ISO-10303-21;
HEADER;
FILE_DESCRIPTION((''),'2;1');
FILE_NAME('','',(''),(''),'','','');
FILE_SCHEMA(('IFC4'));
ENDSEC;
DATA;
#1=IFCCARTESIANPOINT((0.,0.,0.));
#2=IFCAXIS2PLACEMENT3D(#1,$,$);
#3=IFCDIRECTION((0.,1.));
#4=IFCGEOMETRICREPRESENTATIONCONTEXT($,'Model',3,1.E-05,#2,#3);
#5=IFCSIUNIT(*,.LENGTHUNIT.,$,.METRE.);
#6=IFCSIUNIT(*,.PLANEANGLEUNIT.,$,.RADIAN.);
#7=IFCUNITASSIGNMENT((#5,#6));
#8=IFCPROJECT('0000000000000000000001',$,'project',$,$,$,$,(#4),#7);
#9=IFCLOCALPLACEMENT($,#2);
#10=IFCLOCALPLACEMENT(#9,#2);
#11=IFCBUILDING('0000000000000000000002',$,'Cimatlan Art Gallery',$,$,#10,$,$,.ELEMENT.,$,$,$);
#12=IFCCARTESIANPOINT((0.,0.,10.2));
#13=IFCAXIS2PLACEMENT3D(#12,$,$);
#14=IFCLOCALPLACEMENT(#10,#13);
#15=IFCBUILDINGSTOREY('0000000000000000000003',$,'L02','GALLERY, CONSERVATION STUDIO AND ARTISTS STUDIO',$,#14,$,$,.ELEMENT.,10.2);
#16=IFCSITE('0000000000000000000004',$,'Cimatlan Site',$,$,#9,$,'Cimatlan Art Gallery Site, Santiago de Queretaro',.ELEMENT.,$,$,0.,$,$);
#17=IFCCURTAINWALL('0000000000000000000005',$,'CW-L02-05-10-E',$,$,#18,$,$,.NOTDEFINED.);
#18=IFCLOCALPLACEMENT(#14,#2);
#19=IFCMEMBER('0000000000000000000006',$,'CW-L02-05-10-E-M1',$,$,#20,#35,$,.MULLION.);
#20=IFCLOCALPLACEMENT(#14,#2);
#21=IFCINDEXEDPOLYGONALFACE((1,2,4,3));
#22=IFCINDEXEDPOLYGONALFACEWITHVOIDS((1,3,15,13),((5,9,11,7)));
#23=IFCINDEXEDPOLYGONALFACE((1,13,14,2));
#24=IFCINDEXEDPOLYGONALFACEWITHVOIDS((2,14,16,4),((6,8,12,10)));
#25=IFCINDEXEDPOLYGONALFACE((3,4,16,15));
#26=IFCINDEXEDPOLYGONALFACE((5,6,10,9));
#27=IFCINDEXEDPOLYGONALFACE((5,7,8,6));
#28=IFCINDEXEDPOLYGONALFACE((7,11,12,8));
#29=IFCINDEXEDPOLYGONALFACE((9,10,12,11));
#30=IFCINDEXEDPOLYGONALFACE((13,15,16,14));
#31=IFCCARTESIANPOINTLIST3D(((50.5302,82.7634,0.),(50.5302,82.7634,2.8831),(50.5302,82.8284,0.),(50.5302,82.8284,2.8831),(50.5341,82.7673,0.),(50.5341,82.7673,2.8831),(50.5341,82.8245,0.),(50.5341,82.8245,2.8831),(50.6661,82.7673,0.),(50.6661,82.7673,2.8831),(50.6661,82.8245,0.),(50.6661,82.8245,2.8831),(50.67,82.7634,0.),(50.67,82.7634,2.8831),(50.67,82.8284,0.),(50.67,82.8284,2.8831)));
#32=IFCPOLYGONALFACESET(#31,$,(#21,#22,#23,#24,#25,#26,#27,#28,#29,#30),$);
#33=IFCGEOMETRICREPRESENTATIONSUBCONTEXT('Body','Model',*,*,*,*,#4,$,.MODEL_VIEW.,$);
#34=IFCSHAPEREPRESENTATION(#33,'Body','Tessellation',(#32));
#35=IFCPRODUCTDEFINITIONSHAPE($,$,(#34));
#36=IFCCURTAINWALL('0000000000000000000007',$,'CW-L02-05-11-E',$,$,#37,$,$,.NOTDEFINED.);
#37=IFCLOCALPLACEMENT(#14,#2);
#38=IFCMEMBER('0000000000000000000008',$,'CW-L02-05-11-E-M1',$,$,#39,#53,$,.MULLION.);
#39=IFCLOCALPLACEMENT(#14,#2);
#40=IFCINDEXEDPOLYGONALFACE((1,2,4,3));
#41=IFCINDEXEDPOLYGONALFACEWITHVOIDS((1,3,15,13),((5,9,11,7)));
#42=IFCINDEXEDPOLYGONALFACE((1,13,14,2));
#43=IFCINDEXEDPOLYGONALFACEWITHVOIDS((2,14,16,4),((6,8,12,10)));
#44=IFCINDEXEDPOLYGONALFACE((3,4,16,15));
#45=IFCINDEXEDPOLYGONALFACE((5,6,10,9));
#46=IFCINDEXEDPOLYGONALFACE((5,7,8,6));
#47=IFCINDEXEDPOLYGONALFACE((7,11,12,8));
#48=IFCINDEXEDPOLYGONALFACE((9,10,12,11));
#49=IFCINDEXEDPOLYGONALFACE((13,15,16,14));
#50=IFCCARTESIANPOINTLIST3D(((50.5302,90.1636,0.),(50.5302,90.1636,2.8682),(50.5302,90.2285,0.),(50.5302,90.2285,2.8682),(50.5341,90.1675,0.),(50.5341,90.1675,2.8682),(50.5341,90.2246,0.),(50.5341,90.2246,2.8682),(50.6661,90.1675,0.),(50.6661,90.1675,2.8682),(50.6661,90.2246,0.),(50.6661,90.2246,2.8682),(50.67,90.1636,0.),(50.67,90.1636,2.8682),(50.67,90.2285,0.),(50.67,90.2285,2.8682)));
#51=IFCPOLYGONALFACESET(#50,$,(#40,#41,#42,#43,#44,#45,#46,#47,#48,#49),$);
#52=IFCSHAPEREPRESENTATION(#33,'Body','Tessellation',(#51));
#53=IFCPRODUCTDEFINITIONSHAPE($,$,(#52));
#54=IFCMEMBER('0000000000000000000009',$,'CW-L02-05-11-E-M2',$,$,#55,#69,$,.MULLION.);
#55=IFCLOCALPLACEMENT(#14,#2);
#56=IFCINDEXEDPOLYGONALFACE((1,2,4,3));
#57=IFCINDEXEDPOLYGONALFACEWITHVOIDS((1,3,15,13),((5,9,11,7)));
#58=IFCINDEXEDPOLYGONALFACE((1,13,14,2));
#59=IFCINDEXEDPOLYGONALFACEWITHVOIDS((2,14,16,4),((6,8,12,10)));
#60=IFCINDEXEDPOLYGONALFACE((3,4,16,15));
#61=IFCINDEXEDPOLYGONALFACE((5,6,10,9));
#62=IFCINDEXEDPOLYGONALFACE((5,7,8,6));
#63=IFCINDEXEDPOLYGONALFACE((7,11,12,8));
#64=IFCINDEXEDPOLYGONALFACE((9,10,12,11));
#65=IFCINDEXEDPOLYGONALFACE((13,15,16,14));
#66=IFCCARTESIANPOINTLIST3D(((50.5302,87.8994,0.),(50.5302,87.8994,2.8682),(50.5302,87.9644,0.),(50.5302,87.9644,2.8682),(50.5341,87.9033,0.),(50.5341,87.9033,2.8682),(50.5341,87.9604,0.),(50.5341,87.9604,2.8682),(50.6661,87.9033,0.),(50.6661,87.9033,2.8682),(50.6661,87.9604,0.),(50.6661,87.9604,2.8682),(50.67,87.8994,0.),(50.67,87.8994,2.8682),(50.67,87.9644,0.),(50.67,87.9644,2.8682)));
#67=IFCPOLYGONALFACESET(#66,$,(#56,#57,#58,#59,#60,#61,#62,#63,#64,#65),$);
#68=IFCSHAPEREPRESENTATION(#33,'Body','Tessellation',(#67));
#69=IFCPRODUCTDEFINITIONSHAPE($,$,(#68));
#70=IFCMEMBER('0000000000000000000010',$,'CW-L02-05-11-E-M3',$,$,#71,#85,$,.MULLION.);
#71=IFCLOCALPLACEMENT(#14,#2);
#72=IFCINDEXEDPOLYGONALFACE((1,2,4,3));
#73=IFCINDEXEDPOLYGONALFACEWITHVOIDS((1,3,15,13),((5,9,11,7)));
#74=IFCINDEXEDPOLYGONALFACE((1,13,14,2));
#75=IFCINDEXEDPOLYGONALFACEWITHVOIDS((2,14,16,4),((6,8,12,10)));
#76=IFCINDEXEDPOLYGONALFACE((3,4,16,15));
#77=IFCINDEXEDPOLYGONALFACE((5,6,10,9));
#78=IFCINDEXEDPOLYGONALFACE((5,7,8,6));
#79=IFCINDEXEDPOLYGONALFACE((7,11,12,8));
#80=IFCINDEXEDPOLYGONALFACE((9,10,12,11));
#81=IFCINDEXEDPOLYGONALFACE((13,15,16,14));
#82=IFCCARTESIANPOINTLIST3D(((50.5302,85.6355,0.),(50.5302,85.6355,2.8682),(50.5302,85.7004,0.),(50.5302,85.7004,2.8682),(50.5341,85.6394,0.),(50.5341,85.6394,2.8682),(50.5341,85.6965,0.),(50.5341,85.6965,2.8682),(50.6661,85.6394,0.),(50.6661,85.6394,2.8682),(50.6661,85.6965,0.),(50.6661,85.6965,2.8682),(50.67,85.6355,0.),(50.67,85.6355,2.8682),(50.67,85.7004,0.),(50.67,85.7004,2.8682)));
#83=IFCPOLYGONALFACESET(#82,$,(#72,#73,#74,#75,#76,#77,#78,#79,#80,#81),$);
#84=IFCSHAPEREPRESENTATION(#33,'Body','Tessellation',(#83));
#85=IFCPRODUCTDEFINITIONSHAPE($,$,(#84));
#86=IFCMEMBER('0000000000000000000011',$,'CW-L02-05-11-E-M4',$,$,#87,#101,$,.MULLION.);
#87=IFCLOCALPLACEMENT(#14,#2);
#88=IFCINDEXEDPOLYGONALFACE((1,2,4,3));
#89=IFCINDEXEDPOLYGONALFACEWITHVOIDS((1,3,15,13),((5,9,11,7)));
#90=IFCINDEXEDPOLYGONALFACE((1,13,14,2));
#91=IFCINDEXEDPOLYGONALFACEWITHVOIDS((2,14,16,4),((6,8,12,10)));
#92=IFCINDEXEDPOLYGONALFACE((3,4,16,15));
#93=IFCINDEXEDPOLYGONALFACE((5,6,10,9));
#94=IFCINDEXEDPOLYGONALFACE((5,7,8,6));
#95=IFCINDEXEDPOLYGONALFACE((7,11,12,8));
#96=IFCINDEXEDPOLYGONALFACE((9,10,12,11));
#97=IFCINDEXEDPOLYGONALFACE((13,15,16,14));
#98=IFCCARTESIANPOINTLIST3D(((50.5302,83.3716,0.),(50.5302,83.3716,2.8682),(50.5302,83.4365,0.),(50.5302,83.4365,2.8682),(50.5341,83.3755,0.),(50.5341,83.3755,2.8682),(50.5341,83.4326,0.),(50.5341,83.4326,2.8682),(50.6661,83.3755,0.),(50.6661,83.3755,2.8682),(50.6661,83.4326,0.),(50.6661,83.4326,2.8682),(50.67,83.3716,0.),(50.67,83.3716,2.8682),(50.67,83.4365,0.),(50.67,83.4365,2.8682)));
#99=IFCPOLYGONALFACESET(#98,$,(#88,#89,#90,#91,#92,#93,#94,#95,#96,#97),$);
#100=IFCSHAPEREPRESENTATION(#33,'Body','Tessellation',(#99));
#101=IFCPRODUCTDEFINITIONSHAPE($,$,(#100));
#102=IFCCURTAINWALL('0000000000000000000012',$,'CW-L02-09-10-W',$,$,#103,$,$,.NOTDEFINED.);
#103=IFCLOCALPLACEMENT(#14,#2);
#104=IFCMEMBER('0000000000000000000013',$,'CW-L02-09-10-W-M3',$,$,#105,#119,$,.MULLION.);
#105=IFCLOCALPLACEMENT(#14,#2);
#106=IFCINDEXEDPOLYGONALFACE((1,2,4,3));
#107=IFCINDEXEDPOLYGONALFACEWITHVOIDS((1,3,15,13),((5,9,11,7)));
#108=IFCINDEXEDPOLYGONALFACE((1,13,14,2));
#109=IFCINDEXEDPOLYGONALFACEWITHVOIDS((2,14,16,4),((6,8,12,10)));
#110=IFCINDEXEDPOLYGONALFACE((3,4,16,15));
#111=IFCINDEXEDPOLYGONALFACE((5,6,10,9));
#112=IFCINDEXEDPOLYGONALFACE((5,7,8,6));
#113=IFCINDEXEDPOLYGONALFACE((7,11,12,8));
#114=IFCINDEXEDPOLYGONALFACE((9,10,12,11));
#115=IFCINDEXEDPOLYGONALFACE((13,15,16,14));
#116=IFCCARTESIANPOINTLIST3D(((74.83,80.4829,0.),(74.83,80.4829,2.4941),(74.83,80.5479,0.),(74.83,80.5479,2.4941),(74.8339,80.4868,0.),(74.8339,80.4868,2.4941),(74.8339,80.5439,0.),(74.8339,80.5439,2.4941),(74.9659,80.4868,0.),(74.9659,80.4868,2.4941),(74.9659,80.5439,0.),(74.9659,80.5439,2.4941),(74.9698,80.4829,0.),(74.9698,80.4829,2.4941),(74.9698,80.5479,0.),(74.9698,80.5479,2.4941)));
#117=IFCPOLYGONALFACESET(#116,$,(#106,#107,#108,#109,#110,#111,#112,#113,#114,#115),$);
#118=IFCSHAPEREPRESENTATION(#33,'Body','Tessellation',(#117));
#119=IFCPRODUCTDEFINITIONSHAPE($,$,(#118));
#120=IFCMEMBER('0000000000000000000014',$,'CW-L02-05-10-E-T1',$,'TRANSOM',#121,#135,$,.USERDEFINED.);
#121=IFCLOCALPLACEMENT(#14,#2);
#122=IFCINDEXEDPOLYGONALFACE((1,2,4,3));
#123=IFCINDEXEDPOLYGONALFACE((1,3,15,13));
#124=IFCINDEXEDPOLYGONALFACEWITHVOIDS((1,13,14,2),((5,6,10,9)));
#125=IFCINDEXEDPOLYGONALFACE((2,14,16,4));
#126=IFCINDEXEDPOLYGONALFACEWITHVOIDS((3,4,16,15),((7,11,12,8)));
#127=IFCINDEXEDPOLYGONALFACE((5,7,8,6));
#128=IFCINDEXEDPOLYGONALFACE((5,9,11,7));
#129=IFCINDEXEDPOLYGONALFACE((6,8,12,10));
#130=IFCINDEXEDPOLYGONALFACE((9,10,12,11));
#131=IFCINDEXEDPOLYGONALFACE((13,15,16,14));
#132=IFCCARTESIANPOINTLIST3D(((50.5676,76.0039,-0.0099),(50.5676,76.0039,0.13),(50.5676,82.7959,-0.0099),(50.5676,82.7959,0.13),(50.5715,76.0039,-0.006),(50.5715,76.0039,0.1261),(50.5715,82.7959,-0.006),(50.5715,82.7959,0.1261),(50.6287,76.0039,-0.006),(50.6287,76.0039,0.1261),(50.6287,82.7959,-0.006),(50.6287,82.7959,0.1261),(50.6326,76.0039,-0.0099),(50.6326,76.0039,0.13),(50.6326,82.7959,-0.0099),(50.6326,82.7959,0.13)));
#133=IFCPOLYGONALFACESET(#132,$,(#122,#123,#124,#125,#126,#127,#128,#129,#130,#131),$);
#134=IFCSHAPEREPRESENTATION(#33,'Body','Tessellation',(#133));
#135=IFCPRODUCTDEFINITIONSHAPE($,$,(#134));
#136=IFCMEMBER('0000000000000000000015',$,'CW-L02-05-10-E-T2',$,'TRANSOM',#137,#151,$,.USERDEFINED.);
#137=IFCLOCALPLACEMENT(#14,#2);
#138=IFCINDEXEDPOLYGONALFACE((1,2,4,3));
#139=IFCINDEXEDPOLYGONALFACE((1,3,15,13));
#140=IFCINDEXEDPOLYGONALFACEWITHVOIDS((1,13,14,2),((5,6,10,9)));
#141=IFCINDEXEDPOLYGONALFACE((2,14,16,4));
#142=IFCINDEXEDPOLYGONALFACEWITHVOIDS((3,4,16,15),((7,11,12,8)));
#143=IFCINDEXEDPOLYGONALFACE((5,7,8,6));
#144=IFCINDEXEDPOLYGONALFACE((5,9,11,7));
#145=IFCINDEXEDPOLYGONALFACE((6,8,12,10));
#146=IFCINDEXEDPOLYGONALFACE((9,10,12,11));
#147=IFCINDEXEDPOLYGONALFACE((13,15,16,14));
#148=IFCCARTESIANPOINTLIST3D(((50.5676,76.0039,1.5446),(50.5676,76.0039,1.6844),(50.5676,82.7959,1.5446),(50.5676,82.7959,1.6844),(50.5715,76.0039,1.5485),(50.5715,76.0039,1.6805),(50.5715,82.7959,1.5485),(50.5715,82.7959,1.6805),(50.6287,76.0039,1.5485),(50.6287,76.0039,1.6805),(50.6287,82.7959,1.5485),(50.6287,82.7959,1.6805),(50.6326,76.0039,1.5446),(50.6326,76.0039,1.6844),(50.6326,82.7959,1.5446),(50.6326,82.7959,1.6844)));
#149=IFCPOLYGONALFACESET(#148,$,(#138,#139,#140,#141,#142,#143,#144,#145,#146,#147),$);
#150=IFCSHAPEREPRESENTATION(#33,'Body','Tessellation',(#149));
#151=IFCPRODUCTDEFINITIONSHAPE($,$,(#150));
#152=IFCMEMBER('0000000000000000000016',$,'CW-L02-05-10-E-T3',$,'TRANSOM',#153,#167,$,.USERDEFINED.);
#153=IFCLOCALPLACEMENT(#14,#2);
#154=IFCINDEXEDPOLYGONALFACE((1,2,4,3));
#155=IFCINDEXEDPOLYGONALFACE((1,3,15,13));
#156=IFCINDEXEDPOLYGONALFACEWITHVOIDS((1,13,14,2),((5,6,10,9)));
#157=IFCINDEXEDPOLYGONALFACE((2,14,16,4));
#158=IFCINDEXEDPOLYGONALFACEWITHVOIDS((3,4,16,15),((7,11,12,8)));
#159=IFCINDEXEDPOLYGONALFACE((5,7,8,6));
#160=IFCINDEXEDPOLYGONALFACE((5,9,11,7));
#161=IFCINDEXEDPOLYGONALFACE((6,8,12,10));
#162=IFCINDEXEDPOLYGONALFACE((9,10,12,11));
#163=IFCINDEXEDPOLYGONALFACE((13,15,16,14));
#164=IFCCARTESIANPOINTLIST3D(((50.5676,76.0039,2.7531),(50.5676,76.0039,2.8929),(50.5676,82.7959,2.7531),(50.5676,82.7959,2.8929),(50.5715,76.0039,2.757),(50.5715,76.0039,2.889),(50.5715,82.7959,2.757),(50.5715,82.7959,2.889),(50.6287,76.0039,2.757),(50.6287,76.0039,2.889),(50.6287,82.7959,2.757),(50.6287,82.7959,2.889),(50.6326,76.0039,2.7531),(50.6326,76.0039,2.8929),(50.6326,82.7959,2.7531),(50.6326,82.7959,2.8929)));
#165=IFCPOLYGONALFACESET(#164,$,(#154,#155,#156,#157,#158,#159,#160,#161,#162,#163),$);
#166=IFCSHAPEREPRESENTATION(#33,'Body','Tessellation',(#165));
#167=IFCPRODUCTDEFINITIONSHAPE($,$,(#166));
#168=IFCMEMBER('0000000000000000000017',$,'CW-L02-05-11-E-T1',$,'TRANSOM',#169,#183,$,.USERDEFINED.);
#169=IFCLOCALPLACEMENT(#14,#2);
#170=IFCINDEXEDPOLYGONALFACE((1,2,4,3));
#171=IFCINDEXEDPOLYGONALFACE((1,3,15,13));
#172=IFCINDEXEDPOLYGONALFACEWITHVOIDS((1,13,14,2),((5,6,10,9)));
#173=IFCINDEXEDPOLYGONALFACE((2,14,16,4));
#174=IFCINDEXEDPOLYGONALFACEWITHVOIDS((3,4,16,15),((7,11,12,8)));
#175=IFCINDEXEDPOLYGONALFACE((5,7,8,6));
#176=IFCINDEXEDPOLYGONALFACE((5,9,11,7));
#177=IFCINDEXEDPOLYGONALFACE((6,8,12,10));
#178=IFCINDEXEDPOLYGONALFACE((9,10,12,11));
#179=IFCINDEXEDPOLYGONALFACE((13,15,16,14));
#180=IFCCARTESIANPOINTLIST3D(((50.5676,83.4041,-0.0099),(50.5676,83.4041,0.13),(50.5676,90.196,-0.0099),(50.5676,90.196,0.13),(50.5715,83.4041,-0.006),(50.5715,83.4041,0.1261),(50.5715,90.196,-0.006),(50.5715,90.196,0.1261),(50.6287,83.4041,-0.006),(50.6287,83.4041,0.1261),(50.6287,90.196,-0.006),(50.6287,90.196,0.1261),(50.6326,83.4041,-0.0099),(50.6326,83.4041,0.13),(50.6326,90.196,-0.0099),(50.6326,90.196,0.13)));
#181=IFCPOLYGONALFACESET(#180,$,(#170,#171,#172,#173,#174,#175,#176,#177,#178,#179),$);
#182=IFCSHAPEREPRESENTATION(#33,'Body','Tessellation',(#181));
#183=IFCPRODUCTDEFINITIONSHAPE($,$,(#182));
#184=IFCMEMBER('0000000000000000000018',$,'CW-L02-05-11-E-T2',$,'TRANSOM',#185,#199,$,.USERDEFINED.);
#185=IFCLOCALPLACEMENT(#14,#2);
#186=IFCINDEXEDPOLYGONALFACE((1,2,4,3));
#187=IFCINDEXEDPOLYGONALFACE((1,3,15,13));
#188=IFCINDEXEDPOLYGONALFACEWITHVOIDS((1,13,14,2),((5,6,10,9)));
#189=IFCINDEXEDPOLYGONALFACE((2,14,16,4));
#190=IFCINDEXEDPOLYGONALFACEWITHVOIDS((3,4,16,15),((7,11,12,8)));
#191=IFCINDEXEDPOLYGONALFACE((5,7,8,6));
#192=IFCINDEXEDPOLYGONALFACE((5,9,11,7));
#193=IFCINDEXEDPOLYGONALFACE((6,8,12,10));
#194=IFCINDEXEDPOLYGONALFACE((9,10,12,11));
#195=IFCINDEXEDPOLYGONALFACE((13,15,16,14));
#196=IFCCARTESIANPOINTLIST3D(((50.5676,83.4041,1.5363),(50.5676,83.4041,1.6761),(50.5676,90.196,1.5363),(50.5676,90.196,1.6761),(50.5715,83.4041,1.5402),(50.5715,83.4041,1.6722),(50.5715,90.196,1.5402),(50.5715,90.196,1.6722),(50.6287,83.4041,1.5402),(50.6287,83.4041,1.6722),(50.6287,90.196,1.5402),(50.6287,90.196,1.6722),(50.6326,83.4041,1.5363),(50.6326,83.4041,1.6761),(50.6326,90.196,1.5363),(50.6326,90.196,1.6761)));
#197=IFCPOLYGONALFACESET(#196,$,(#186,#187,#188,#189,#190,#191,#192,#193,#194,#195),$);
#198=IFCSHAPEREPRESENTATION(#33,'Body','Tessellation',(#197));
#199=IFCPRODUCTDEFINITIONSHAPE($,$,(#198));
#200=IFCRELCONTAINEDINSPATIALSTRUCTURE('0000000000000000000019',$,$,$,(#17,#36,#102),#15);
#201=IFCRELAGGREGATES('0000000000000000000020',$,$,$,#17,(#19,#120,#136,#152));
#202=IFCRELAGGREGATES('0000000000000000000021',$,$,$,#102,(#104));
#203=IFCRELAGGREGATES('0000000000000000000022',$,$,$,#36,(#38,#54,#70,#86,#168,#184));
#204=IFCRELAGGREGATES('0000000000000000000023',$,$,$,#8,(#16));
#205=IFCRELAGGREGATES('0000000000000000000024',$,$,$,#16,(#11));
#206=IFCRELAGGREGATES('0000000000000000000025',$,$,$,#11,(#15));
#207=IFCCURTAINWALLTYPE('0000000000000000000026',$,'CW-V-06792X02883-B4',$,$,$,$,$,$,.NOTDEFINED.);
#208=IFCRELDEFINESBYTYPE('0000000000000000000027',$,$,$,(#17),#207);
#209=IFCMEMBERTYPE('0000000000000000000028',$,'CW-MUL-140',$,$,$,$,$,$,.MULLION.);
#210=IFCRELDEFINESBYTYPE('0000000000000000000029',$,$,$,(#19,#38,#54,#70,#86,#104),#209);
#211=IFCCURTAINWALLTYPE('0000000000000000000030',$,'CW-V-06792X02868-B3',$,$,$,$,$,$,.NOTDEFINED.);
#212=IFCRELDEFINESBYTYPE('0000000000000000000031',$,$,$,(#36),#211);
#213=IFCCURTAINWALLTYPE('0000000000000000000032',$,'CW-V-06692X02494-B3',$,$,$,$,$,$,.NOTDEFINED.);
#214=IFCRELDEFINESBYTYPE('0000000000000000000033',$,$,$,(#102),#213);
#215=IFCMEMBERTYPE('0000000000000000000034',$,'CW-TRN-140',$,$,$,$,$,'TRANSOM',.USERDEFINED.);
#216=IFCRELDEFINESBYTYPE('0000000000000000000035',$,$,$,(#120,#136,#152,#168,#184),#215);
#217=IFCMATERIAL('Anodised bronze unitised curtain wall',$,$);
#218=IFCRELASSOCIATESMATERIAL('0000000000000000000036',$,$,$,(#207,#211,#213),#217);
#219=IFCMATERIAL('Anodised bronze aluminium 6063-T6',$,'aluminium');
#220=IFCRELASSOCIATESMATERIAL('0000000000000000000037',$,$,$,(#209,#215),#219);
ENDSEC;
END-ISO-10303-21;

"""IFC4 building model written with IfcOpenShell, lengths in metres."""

from ifc_helpers import new_model, si_unit, direction, frame, origin, origin_2d, place, context, subcontext, project, spatial, hollow_rectangle, extrude, material, material_profile, profile_set, type_object, element, aggregate, save


model = new_model("IFC4")

# Units and contexts
model_context = context("Model", 3, precision=1e-05, world=origin(), true_north=direction((0.0, 1.0)))
body_context = subcontext(model_context, "Body", "Model", "MODEL_VIEW")
ifc_project = project(units=[si_unit("LENGTHUNIT", "METRE"), si_unit("PLANEANGLEUNIT", "RADIAN")], contexts=[model_context])

# Site, building, storey
site_placement = place(None, origin())
site = spatial("IfcSite", under=ifc_project, at=site_placement, Name="Cimatlan Site", LongName="Cimatlan Art Gallery Site, Santiago de Queretaro", CompositionType="ELEMENT", RefElevation=0.0)
building_placement = place(site_placement, origin())
building = spatial("IfcBuilding", under=site, at=building_placement, Name="Cimatlan Art Gallery", CompositionType="ELEMENT")
storey_placement = place(building_placement, frame((0.0, 0.0, 10.2)))
storey = spatial("IfcBuildingStorey", under=building, at=storey_placement, Name="L02", Description="GALLERY, CONSERVATION STUDIO AND ARTISTS STUDIO", CompositionType="ELEMENT", Elevation=10.2)

# Curtain wall, member
ifc_material_1 = material(Name="Anodised bronze unitised curtain wall")
curtain_wall_type_1 = type_object("IfcCurtainWallType", Name="CW-V-06792X02883-B4", PredefinedType="NOTDEFINED", material=ifc_material_1)
curtain_wall_1_placement = place(storey_placement, origin())
curtain_wall_1 = element("IfcCurtainWall", 1, at=curtain_wall_1_placement, inside=storey, type_object=curtain_wall_type_1, Name="CW-L02-05-10-E", PredefinedType="NOTDEFINED")
ifc_material_2 = material(Name="Anodised bronze aluminium 6063-T6", Category="aluminium")
ifc_material_profile_1 = material_profile(ifc_material_2, hollow_rectangle(XDim=0.0649, YDim=0.1399, WallThickness=0.0039, at=origin_2d()), Name="ALU65X140X4")
ifc_profile_set_1 = profile_set([ifc_material_profile_1], Name="Anodised bronze aluminium 6063-T6")
member_type_1 = type_object("IfcMemberType", Name="CW-MUL-140", PredefinedType="MULLION", material=ifc_profile_set_1)
member_1_placement = place(storey_placement, frame((50.6001, 82.7959, 0.0), z_axis=(0.0, 0.0, 1.0), x_axis=(0.0, 1.0, 0.0)))
member_1 = element("IfcMember", 2, at=member_1_placement, type_object=member_type_1, Name="CW-L02-05-10-E-M1", PredefinedType="MULLION", context=body_context, shape_type="SweptSolid", body=[
    extrude(hollow_rectangle(XDim=0.0649, YDim=0.1399, WallThickness=0.0039, at=origin_2d()), origin(), (0.0, 0.0, 1.0), 2.8831),
])

# Curtain wall, members
curtain_wall_type_2 = type_object("IfcCurtainWallType", Name="CW-V-06792X02868-B3", PredefinedType="NOTDEFINED", material=ifc_material_1)
curtain_wall_2_placement = place(storey_placement, origin())
curtain_wall_2 = element("IfcCurtainWall", 3, at=curtain_wall_2_placement, inside=storey, type_object=curtain_wall_type_2, Name="CW-L02-05-11-E", PredefinedType="NOTDEFINED")
member_2_placement = place(storey_placement, frame((50.6001, 90.196, 0.0), z_axis=(0.0, 0.0, 1.0), x_axis=(0.0, 1.0, 0.0)))
member_2 = element("IfcMember", 4, at=member_2_placement, type_object=member_type_1, Name="CW-L02-05-11-E-M1", PredefinedType="MULLION", context=body_context, shape_type="SweptSolid", body=[
    extrude(hollow_rectangle(XDim=0.0649, YDim=0.1399, WallThickness=0.0039, at=origin_2d()), origin(), (0.0, 0.0, 1.0), 2.8682),
])
member_3_placement = place(storey_placement, frame((50.6001, 87.9319, 0.0), z_axis=(0.0, 0.0, 1.0), x_axis=(0.0, 1.0, 0.0)))
member_3 = element("IfcMember", 5, at=member_3_placement, type_object=member_type_1, Name="CW-L02-05-11-E-M2", PredefinedType="MULLION", context=body_context, shape_type="SweptSolid", body=[
    extrude(hollow_rectangle(XDim=0.0649, YDim=0.1399, WallThickness=0.0039, at=origin_2d()), origin(), (0.0, 0.0, 1.0), 2.8682),
])
member_4_placement = place(storey_placement, frame((50.6001, 85.668, 0.0), z_axis=(0.0, 0.0, 1.0), x_axis=(0.0, 1.0, 0.0)))
member_4 = element("IfcMember", 6, at=member_4_placement, type_object=member_type_1, Name="CW-L02-05-11-E-M3", PredefinedType="MULLION", context=body_context, shape_type="SweptSolid", body=[
    extrude(hollow_rectangle(XDim=0.0649, YDim=0.1399, WallThickness=0.0039, at=origin_2d()), origin(), (0.0, 0.0, 1.0), 2.8682),
])
member_5_placement = place(storey_placement, frame((50.6001, 83.4041, 0.0), z_axis=(0.0, 0.0, 1.0), x_axis=(0.0, 1.0, 0.0)))
member_5 = element("IfcMember", 7, at=member_5_placement, type_object=member_type_1, Name="CW-L02-05-11-E-M4", PredefinedType="MULLION", context=body_context, shape_type="SweptSolid", body=[
    extrude(hollow_rectangle(XDim=0.0649, YDim=0.1399, WallThickness=0.0039, at=origin_2d()), origin(), (0.0, 0.0, 1.0), 2.8682),
])

# Curtain wall, member
curtain_wall_type_3 = type_object("IfcCurtainWallType", Name="CW-V-06692X02494-B3", PredefinedType="NOTDEFINED", material=ifc_material_1)
curtain_wall_3_placement = place(storey_placement, origin())
curtain_wall_3 = element("IfcCurtainWall", 8, at=curtain_wall_3_placement, inside=storey, type_object=curtain_wall_type_3, Name="CW-L02-09-10-W", PredefinedType="NOTDEFINED")
member_6_placement = place(storey_placement, frame((74.8999, 80.5154, 0.0), z_axis=(0.0, 0.0, 1.0), x_axis=(0.0, 1.0, 0.0)))
member_6 = element("IfcMember", 9, at=member_6_placement, type_object=member_type_1, Name="CW-L02-09-10-W-M3", PredefinedType="MULLION", context=body_context, shape_type="SweptSolid", body=[
    extrude(hollow_rectangle(XDim=0.0649, YDim=0.1399, WallThickness=0.0039, at=origin_2d()), origin(), (0.0, 0.0, 1.0), 2.4941),
])

# Members
ifc_material_profile_2 = material_profile(ifc_material_2, hollow_rectangle(XDim=0.0649, YDim=0.1399, WallThickness=0.0039, at=origin_2d()), Name="ALU65X140X4")
ifc_profile_set_2 = profile_set([ifc_material_profile_2], Name="Anodised bronze aluminium 6063-T6")
member_type_2 = type_object("IfcMemberType", Name="CW-TRN-140", ElementType="TRANSOM", PredefinedType="USERDEFINED", material=ifc_profile_set_2)
member_7_placement = place(storey_placement, frame((50.6001, 82.7959, 0.0601), z_axis=(0.0, -1.0, 0.0), x_axis=(1.0, 0.0, 0.0)))
member_7 = element("IfcMember", 10, at=member_7_placement, type_object=member_type_2, Name="CW-L02-05-10-E-T1", ObjectType="TRANSOM", PredefinedType="USERDEFINED", context=body_context, shape_type="SweptSolid", body=[
    extrude(hollow_rectangle(XDim=0.0649, YDim=0.1399, WallThickness=0.0039, at=origin_2d()), origin(), (0.0, 0.0, 1.0), 6.792),
])
member_8_placement = place(storey_placement, frame((50.6001, 82.7959, 1.6145), z_axis=(0.0, -1.0, 0.0), x_axis=(1.0, 0.0, 0.0)))
member_8 = element("IfcMember", 11, at=member_8_placement, type_object=member_type_2, Name="CW-L02-05-10-E-T2", ObjectType="TRANSOM", PredefinedType="USERDEFINED", context=body_context, shape_type="SweptSolid", body=[
    extrude(hollow_rectangle(XDim=0.0649, YDim=0.1399, WallThickness=0.0039, at=origin_2d()), origin(), (0.0, 0.0, 1.0), 6.792),
])
member_9_placement = place(storey_placement, frame((50.6001, 82.7959, 2.823), z_axis=(0.0, -1.0, 0.0), x_axis=(1.0, 0.0, 0.0)))
member_9 = element("IfcMember", 12, at=member_9_placement, type_object=member_type_2, Name="CW-L02-05-10-E-T3", ObjectType="TRANSOM", PredefinedType="USERDEFINED", context=body_context, shape_type="SweptSolid", body=[
    extrude(hollow_rectangle(XDim=0.0649, YDim=0.1399, WallThickness=0.0039, at=origin_2d()), origin(), (0.0, 0.0, 1.0), 6.792),
])
member_10_placement = place(storey_placement, frame((50.6001, 90.196, 0.0601), z_axis=(0.0, -1.0, 0.0), x_axis=(1.0, 0.0, 0.0)))
member_10 = element("IfcMember", 13, at=member_10_placement, type_object=member_type_2, Name="CW-L02-05-11-E-T1", ObjectType="TRANSOM", PredefinedType="USERDEFINED", context=body_context, shape_type="SweptSolid", body=[
    extrude(hollow_rectangle(XDim=0.0649, YDim=0.1399, WallThickness=0.0039, at=origin_2d()), origin(), (0.0, 0.0, 1.0), 6.792),
])
member_11_placement = place(storey_placement, frame((50.6001, 90.196, 1.6062), z_axis=(0.0, -1.0, 0.0), x_axis=(1.0, 0.0, 0.0)))
member_11 = element("IfcMember", 14, at=member_11_placement, type_object=member_type_2, Name="CW-L02-05-11-E-T2", ObjectType="TRANSOM", PredefinedType="USERDEFINED", context=body_context, shape_type="SweptSolid", body=[
    extrude(hollow_rectangle(XDim=0.0649, YDim=0.1399, WallThickness=0.0039, at=origin_2d()), origin(), (0.0, 0.0, 1.0), 6.792),
])

aggregate(curtain_wall_1, [member_1, member_7, member_8, member_9])
aggregate(curtain_wall_3, [member_6])
aggregate(curtain_wall_2, [member_2, member_3, member_4, member_5, member_10, member_11])

save(model, "model.ifc")
